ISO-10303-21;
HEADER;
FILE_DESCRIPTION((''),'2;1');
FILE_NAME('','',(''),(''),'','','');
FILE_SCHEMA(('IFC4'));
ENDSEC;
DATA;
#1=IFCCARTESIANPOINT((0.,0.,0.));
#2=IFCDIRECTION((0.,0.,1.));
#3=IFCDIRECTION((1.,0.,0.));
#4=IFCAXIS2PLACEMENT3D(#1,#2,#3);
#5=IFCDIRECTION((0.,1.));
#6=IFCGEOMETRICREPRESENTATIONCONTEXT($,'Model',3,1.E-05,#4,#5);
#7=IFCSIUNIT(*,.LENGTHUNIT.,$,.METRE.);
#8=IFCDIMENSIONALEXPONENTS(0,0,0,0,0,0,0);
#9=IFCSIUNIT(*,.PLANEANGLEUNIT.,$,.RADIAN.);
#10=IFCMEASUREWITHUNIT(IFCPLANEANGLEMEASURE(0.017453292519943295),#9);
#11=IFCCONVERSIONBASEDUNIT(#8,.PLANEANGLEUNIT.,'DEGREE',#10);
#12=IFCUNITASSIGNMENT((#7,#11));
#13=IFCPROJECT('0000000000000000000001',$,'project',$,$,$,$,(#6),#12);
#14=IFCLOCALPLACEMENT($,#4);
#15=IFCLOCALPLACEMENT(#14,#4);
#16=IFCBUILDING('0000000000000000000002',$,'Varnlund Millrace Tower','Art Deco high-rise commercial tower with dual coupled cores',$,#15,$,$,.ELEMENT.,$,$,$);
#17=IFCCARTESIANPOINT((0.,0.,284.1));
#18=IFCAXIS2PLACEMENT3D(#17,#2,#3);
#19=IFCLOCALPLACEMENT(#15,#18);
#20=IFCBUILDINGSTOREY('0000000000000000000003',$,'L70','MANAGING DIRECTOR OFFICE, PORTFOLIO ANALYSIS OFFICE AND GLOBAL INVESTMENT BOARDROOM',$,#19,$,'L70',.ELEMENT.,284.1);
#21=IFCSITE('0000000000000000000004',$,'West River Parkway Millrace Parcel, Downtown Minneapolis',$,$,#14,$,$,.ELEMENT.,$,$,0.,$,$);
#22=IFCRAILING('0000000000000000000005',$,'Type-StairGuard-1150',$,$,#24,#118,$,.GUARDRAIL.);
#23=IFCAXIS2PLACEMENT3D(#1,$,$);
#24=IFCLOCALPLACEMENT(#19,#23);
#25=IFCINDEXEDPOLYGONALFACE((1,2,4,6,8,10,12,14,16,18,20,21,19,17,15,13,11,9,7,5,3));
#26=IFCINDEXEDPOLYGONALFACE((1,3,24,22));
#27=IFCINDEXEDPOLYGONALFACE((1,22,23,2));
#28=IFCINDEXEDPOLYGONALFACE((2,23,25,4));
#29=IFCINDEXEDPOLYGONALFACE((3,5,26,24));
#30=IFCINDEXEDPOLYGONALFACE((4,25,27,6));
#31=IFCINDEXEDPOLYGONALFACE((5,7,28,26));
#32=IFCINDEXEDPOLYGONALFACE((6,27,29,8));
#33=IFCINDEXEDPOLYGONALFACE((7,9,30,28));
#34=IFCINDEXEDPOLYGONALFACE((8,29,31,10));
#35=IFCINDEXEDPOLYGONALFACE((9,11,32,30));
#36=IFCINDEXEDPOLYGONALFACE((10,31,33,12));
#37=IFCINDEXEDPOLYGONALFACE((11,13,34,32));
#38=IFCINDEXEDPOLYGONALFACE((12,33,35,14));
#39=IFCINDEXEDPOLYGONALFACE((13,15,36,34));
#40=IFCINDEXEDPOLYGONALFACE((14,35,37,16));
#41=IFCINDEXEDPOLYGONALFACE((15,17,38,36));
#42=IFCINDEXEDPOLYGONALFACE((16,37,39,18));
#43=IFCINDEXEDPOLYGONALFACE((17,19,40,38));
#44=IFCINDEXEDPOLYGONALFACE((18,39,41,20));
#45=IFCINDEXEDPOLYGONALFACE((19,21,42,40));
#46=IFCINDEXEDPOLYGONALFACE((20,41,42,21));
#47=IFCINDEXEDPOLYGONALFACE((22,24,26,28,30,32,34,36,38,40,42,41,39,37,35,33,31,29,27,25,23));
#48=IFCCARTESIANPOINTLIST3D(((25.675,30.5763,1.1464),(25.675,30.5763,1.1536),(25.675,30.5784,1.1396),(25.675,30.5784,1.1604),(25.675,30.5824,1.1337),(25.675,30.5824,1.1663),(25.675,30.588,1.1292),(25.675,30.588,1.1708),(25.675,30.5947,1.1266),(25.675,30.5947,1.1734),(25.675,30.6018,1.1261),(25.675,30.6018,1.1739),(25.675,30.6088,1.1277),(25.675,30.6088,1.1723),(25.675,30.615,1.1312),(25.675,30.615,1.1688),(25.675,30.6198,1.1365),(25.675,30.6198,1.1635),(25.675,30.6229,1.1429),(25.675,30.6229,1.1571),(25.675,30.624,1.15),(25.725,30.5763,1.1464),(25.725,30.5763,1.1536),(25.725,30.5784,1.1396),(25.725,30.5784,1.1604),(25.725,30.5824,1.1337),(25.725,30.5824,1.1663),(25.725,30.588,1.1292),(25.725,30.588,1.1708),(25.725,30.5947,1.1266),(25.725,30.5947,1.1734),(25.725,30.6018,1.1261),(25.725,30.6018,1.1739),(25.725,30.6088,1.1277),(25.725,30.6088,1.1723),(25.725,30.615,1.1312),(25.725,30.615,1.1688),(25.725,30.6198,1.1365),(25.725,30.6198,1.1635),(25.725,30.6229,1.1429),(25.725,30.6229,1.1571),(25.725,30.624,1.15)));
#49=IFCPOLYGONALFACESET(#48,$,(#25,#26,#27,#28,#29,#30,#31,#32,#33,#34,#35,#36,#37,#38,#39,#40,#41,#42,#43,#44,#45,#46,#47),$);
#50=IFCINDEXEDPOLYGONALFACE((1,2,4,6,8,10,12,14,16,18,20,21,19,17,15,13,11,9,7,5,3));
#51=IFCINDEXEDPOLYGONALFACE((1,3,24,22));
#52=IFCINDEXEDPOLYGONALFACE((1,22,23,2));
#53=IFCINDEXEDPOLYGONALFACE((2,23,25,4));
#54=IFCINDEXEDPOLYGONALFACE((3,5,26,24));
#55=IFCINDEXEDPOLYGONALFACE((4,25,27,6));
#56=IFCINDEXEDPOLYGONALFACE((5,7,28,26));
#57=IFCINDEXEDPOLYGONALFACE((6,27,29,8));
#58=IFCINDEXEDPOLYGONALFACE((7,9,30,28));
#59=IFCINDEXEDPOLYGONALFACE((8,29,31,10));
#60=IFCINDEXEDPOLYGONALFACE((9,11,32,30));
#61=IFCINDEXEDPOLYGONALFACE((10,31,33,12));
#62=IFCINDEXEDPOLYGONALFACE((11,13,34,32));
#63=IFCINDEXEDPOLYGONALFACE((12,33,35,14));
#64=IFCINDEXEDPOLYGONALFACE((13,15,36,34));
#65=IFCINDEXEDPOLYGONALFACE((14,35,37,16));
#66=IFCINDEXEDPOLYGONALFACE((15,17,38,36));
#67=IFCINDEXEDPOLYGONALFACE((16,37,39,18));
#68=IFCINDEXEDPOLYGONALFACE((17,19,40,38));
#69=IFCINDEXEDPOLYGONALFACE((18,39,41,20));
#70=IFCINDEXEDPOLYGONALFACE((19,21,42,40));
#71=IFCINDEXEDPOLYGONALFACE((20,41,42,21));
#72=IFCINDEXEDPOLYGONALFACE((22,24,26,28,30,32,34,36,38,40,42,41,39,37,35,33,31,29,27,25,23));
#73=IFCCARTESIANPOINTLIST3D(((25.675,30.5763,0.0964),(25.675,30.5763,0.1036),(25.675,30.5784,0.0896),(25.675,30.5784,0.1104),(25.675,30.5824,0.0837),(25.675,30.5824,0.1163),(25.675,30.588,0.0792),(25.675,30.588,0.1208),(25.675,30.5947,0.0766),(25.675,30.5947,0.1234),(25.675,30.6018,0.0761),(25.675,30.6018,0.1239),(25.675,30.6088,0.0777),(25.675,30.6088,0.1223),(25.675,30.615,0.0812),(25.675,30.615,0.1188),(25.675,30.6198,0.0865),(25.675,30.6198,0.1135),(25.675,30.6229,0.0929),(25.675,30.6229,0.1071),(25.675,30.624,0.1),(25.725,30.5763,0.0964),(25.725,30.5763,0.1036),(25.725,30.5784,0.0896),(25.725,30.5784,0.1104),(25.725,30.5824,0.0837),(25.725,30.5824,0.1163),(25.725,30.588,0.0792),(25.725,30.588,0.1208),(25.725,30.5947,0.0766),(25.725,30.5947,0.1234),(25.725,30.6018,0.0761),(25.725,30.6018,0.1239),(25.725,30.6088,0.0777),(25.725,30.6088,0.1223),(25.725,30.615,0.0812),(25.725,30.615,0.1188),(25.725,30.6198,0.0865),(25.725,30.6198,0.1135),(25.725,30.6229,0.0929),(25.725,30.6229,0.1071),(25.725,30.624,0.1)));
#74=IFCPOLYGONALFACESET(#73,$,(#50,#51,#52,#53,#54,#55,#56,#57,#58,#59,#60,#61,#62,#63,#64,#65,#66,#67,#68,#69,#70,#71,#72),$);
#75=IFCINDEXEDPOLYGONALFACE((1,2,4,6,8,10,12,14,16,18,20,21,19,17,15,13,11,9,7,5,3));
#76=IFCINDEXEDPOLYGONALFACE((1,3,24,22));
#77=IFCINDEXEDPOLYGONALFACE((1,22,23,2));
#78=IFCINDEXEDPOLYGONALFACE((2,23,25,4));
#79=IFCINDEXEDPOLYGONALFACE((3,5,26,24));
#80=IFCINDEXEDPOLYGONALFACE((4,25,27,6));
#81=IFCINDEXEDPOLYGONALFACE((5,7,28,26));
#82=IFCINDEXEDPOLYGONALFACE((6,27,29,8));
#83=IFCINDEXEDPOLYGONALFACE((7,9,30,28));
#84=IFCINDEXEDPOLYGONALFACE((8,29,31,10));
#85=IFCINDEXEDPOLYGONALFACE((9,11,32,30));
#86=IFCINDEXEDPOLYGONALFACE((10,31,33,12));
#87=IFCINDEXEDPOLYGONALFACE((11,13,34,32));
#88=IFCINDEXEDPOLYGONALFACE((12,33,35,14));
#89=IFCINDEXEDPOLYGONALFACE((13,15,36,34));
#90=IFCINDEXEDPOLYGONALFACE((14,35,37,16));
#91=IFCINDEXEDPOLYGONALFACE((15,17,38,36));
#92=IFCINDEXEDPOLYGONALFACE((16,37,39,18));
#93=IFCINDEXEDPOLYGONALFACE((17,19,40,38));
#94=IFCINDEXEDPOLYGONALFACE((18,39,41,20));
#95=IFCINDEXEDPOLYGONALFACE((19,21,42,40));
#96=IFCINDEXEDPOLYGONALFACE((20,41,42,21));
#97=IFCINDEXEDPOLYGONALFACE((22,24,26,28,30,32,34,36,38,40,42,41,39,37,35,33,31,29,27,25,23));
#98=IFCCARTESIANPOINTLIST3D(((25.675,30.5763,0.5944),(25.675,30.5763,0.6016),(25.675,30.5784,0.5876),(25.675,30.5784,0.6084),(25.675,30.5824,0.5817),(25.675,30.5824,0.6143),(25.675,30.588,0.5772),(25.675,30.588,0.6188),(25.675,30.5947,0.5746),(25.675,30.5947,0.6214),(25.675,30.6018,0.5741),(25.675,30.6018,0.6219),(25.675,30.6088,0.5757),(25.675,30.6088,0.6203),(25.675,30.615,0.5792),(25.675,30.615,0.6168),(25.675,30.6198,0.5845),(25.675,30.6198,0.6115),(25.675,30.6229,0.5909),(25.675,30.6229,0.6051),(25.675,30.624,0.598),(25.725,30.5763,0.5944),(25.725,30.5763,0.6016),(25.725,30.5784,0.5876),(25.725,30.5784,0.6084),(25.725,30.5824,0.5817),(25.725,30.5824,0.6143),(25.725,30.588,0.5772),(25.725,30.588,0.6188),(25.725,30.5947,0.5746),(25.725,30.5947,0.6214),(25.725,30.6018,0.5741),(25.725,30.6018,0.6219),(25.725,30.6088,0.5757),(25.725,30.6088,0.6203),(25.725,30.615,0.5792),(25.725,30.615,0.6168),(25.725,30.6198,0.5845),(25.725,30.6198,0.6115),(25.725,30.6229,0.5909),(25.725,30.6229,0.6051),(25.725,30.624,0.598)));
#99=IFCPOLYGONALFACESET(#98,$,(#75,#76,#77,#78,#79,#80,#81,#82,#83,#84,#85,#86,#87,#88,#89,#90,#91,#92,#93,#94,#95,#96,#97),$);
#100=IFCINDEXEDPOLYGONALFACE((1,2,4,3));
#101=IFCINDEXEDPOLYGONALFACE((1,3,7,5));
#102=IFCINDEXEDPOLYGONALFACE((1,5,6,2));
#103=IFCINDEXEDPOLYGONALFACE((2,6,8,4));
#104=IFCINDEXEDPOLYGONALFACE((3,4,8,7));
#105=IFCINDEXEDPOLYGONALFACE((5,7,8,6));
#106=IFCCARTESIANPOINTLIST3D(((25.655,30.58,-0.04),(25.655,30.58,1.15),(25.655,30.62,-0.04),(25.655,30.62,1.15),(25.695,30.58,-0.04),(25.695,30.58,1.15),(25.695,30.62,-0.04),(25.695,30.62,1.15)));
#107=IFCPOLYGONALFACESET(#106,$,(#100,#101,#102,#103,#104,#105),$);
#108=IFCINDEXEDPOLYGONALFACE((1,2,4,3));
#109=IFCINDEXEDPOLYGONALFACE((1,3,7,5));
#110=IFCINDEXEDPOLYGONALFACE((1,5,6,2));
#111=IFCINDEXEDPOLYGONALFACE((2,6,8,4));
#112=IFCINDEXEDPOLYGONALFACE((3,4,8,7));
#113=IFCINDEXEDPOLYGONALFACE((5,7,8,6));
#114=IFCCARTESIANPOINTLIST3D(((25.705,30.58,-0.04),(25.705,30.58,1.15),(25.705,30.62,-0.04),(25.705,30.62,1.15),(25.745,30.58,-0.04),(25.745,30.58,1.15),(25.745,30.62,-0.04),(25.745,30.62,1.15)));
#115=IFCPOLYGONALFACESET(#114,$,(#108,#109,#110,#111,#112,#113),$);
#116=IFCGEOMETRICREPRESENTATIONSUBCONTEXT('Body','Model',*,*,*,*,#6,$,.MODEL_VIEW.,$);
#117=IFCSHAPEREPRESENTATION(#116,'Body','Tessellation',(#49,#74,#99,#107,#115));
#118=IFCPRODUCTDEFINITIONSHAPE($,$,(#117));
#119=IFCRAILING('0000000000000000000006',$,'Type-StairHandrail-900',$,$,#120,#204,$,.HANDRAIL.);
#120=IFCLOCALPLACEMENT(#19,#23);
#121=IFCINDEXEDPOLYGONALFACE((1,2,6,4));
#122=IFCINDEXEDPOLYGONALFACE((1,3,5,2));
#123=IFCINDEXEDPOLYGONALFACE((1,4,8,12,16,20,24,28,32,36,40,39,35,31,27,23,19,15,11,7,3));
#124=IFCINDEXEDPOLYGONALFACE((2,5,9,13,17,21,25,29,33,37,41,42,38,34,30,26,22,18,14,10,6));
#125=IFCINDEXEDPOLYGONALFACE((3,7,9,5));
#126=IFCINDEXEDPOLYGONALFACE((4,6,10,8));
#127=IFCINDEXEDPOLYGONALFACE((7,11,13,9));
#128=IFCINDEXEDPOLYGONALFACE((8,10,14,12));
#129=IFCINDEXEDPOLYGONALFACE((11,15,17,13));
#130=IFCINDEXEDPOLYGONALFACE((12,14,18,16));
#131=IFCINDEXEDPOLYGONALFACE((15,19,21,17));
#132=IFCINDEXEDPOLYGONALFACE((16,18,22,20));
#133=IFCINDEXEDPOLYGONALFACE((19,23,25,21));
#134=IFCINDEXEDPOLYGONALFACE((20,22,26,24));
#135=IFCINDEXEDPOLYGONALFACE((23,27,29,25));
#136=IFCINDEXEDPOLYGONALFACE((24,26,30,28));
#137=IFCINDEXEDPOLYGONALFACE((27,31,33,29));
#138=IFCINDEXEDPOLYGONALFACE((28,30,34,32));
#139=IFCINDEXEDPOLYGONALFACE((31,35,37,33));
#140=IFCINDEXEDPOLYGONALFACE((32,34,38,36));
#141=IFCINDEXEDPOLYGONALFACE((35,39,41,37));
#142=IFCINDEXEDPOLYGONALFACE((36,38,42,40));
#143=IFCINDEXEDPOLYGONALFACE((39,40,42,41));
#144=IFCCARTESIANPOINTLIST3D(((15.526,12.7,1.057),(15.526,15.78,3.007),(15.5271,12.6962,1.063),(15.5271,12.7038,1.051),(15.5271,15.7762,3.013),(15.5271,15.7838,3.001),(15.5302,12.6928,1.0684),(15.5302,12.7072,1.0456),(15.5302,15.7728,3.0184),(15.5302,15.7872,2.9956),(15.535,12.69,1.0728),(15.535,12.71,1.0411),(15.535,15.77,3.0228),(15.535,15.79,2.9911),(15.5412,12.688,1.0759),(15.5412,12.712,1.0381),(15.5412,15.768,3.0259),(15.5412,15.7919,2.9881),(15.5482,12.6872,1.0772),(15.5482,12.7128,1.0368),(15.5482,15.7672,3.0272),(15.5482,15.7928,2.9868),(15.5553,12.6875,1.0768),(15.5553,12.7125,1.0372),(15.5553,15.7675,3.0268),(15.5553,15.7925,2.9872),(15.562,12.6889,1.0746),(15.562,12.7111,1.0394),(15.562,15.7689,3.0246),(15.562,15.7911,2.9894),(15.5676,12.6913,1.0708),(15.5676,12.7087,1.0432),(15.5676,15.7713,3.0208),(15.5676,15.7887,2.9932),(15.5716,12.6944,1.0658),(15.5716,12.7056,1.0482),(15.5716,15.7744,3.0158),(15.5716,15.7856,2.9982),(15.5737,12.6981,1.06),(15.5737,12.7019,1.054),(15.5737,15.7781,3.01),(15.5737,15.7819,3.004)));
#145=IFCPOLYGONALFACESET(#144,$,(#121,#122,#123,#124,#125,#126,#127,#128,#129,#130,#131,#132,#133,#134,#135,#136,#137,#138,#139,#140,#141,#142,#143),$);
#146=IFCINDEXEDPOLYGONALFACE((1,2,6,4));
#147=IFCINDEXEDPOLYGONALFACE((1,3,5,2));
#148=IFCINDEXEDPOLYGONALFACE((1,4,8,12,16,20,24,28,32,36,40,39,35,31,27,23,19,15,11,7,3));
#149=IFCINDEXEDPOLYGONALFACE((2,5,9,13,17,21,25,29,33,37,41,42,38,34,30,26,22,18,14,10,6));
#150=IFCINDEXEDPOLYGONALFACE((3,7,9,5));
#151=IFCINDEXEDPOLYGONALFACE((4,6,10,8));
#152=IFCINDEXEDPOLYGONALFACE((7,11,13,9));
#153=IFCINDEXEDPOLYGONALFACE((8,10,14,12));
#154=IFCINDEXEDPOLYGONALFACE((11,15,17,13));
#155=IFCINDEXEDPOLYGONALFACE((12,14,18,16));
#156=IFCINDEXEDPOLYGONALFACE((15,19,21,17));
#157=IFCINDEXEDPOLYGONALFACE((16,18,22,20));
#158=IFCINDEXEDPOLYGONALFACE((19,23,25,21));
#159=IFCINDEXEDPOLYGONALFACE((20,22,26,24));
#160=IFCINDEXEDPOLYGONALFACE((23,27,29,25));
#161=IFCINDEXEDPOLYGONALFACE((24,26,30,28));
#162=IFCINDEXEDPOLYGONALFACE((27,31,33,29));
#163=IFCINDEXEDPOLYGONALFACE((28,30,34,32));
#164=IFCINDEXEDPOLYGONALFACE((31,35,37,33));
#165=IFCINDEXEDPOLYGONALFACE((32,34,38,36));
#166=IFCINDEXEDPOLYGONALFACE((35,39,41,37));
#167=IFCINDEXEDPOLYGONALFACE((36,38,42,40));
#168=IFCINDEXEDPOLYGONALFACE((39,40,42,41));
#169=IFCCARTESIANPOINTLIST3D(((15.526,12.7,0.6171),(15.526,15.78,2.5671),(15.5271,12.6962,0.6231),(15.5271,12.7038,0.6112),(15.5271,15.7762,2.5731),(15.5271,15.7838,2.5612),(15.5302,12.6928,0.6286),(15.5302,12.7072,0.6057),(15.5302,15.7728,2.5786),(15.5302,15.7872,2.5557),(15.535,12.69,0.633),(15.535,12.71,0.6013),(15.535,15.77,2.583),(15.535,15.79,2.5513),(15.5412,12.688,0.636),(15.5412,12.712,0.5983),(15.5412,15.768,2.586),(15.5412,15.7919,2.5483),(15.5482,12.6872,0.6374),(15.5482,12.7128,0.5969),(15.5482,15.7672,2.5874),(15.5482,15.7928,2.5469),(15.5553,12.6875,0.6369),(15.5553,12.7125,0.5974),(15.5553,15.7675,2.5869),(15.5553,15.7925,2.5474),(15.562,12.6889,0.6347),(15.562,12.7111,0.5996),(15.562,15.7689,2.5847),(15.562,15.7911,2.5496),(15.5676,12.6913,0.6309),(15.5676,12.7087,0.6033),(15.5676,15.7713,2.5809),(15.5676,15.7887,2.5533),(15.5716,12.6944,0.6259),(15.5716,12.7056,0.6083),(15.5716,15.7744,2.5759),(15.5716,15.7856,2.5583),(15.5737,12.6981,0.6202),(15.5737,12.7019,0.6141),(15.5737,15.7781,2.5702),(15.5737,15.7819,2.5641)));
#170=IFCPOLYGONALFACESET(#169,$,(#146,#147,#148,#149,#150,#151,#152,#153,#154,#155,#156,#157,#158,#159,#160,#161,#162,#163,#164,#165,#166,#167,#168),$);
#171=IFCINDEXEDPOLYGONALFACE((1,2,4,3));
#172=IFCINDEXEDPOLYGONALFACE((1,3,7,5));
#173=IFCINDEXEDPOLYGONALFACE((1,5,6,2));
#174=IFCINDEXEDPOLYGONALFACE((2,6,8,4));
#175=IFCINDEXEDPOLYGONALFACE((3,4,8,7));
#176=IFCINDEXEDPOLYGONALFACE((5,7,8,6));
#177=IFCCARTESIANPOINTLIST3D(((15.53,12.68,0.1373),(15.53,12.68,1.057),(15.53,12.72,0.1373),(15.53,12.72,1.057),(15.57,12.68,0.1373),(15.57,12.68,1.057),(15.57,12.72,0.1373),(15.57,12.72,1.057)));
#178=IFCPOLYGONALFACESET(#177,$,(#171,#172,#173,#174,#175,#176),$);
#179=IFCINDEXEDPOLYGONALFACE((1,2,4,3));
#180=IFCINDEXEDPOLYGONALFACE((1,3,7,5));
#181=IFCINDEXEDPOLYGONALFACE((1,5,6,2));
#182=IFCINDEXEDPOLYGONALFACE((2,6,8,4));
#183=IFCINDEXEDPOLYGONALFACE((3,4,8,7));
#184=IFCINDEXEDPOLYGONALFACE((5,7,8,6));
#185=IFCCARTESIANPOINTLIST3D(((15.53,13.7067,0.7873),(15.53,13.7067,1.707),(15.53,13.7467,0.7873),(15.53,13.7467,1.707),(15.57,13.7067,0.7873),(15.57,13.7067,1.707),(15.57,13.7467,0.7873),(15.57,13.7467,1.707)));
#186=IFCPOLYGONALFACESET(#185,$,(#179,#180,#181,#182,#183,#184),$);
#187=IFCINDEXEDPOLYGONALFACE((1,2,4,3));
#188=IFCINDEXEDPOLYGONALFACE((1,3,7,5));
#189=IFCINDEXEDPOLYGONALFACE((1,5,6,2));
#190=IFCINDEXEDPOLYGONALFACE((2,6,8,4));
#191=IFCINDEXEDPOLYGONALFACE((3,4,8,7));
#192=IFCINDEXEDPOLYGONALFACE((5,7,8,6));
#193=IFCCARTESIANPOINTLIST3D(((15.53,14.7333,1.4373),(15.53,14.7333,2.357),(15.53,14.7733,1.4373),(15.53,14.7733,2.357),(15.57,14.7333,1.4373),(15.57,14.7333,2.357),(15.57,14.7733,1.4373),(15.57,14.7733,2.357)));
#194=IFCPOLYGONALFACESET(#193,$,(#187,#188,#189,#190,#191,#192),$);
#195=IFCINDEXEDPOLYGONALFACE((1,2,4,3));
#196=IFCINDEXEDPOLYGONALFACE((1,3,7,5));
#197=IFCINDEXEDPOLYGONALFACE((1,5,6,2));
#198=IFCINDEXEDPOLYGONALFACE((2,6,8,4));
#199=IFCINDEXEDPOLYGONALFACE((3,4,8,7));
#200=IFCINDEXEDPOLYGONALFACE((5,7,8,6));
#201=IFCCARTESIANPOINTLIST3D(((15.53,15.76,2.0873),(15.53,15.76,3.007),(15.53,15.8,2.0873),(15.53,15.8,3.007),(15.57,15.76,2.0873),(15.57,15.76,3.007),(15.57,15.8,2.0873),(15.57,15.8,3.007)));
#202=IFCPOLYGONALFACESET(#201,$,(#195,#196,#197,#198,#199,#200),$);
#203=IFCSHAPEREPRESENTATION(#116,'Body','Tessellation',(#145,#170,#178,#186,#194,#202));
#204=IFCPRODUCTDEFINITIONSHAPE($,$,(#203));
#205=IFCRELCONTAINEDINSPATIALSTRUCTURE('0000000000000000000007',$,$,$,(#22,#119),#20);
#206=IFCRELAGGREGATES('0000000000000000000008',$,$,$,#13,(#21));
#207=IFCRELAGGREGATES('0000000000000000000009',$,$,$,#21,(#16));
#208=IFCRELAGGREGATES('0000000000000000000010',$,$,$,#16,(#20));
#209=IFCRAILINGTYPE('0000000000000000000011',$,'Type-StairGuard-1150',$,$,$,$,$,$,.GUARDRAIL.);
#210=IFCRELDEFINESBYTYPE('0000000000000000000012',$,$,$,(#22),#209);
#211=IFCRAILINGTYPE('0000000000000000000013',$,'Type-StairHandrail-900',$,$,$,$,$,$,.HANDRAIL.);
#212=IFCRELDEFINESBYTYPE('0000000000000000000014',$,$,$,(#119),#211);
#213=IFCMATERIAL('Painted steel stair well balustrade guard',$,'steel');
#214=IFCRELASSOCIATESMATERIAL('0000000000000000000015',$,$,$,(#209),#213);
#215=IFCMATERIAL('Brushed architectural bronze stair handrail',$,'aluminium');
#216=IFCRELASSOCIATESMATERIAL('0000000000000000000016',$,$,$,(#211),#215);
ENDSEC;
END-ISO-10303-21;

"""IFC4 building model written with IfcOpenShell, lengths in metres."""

from ifc_helpers import new_model, entity, si_unit, converted_unit, direction, frame, origin_with_axes, origin_2d_with_axis, place, context, subcontext, project, spatial, rectangle, circle, extrude, material, type_object, element, save


model = new_model("IFC4")

# Units and contexts
model_context = context("Model", 3, precision=1e-05, world=origin_with_axes(), true_north=direction((0.0, 1.0)))
body_context = subcontext(model_context, "Body", "Model", "MODEL_VIEW")
ifc_project = project(units=[si_unit("LENGTHUNIT", "METRE"), converted_unit("PLANEANGLEUNIT", "DEGREE", entity("IfcPlaneAngleMeasure", 0.017453292519943295), si_unit("PLANEANGLEUNIT", "RADIAN"), dimensions=[0, 0, 0, 0, 0, 0, 0])], contexts=[model_context])

# Site, building, storey
site_placement = place(None, origin_with_axes())
site = spatial("IfcSite", under=ifc_project, at=site_placement, Name="West River Parkway Millrace Parcel, Downtown Minneapolis", CompositionType="ELEMENT", RefElevation=0.0)
building_placement = place(site_placement, origin_with_axes())
building = spatial("IfcBuilding", under=site, at=building_placement, Name="Varnlund Millrace Tower", Description="Art Deco high-rise commercial tower with dual coupled cores", CompositionType="ELEMENT")
storey_placement = place(building_placement, frame((0.0, 0.0, 284.1), z_axis=(0.0, 0.0, 1.0), x_axis=(1.0, 0.0, 0.0)))
storey = spatial("IfcBuildingStorey", under=building, at=storey_placement, Name="L70", Description="MANAGING DIRECTOR OFFICE, PORTFOLIO ANALYSIS OFFICE AND GLOBAL INVESTMENT BOARDROOM", LongName="L70", CompositionType="ELEMENT", Elevation=284.1)

# Railings
ifc_material_1 = material(Name="Painted steel stair well balustrade guard", Category="steel")
railing_type_1 = type_object("IfcRailingType", Name="Type-StairGuard-1150", PredefinedType="GUARDRAIL", material=ifc_material_1)
railing_1_placement = place(storey_placement, frame((0.0, 0.0, -284.1), z_axis=(0.0, 0.0, 1.0), x_axis=(1.0, 0.0, 0.0)))
element("IfcRailing", 1, at=railing_1_placement, inside=storey, type_object=railing_type_1, Name="Type-StairGuard-1150", PredefinedType="GUARDRAIL", context=body_context, shape_type="SweptSolid", body=[
    extrude(circle(Radius=0.024, at=origin_2d_with_axis()), frame((25.675, 30.6, 285.25), z_axis=(1.0, 0.0, 0.0), x_axis=(0.0, 1.0, 0.0)), (0.0, 0.0, 1.0), 0.05),
    extrude(circle(Radius=0.024, at=origin_2d_with_axis()), frame((25.675, 30.6, 284.2), z_axis=(1.0, 0.0, 0.0), x_axis=(0.0, 1.0, 0.0)), (0.0, 0.0, 1.0), 0.05),
    extrude(circle(Radius=0.024, at=origin_2d_with_axis()), frame((25.675, 30.6, 284.698), z_axis=(1.0, 0.0, 0.0), x_axis=(0.0, 1.0, 0.0)), (0.0, 0.0, 1.0), 0.05),
    extrude(rectangle(XDim=0.04, YDim=0.04, at=origin_2d_with_axis()), frame((25.675, 30.6, 284.06), z_axis=(0.0, 0.0, 1.0), x_axis=(1.0, 0.0, 0.0)), (0.0, 0.0, 1.0), 1.19),
    extrude(rectangle(XDim=0.04, YDim=0.04, at=origin_2d_with_axis()), frame((25.725, 30.6, 284.06), z_axis=(0.0, 0.0, 1.0), x_axis=(1.0, 0.0, 0.0)), (0.0, 0.0, 1.0), 1.19),
])
ifc_material_2 = material(Name="Brushed architectural bronze stair handrail", Category="aluminium")
railing_type_2 = type_object("IfcRailingType", Name="Type-StairHandrail-900", PredefinedType="HANDRAIL", material=ifc_material_2)
railing_2_placement = place(storey_placement, frame((0.0, 0.0, -284.1), z_axis=(0.0, 0.0, 1.0), x_axis=(1.0, 0.0, 0.0)))
element("IfcRailing", 2, at=railing_2_placement, inside=storey, type_object=railing_type_2, Name="Type-StairHandrail-900", PredefinedType="HANDRAIL", context=body_context, shape_type="SweptSolid", body=[
    extrude(circle(Radius=0.024, at=origin_2d_with_axis()), frame((15.55, 12.7, 285.157), z_axis=(0.0, 0.844902, 0.534922), x_axis=(-1.0, 0.0, 0.0)), (0.0, 0.0, 1.0), 3.6454),
    extrude(circle(Radius=0.024, at=origin_2d_with_axis()), frame((15.55, 12.7, 284.7171), z_axis=(0.0, 0.844902, 0.534922), x_axis=(-1.0, 0.0, 0.0)), (0.0, 0.0, 1.0), 3.6454),
    extrude(rectangle(XDim=0.04, YDim=0.04, at=origin_2d_with_axis()), frame((15.55, 12.7, 284.2373), z_axis=(0.0, 0.0, 1.0), x_axis=(1.0, 0.0, 0.0)), (0.0, 0.0, 1.0), 0.9197),
    extrude(rectangle(XDim=0.04, YDim=0.04, at=origin_2d_with_axis()), frame((15.55, 13.7267, 284.8873), z_axis=(0.0, 0.0, 1.0), x_axis=(1.0, 0.0, 0.0)), (0.0, 0.0, 1.0), 0.9197),
    extrude(rectangle(XDim=0.04, YDim=0.04, at=origin_2d_with_axis()), frame((15.55, 14.7533, 285.5373), z_axis=(0.0, 0.0, 1.0), x_axis=(1.0, 0.0, 0.0)), (0.0, 0.0, 1.0), 0.9197),
    extrude(rectangle(XDim=0.04, YDim=0.04, at=origin_2d_with_axis()), frame((15.55, 15.78, 286.1873), z_axis=(0.0, 0.0, 1.0), x_axis=(1.0, 0.0, 0.0)), (0.0, 0.0, 1.0), 0.9197),
])

save(model, "model.ifc")
